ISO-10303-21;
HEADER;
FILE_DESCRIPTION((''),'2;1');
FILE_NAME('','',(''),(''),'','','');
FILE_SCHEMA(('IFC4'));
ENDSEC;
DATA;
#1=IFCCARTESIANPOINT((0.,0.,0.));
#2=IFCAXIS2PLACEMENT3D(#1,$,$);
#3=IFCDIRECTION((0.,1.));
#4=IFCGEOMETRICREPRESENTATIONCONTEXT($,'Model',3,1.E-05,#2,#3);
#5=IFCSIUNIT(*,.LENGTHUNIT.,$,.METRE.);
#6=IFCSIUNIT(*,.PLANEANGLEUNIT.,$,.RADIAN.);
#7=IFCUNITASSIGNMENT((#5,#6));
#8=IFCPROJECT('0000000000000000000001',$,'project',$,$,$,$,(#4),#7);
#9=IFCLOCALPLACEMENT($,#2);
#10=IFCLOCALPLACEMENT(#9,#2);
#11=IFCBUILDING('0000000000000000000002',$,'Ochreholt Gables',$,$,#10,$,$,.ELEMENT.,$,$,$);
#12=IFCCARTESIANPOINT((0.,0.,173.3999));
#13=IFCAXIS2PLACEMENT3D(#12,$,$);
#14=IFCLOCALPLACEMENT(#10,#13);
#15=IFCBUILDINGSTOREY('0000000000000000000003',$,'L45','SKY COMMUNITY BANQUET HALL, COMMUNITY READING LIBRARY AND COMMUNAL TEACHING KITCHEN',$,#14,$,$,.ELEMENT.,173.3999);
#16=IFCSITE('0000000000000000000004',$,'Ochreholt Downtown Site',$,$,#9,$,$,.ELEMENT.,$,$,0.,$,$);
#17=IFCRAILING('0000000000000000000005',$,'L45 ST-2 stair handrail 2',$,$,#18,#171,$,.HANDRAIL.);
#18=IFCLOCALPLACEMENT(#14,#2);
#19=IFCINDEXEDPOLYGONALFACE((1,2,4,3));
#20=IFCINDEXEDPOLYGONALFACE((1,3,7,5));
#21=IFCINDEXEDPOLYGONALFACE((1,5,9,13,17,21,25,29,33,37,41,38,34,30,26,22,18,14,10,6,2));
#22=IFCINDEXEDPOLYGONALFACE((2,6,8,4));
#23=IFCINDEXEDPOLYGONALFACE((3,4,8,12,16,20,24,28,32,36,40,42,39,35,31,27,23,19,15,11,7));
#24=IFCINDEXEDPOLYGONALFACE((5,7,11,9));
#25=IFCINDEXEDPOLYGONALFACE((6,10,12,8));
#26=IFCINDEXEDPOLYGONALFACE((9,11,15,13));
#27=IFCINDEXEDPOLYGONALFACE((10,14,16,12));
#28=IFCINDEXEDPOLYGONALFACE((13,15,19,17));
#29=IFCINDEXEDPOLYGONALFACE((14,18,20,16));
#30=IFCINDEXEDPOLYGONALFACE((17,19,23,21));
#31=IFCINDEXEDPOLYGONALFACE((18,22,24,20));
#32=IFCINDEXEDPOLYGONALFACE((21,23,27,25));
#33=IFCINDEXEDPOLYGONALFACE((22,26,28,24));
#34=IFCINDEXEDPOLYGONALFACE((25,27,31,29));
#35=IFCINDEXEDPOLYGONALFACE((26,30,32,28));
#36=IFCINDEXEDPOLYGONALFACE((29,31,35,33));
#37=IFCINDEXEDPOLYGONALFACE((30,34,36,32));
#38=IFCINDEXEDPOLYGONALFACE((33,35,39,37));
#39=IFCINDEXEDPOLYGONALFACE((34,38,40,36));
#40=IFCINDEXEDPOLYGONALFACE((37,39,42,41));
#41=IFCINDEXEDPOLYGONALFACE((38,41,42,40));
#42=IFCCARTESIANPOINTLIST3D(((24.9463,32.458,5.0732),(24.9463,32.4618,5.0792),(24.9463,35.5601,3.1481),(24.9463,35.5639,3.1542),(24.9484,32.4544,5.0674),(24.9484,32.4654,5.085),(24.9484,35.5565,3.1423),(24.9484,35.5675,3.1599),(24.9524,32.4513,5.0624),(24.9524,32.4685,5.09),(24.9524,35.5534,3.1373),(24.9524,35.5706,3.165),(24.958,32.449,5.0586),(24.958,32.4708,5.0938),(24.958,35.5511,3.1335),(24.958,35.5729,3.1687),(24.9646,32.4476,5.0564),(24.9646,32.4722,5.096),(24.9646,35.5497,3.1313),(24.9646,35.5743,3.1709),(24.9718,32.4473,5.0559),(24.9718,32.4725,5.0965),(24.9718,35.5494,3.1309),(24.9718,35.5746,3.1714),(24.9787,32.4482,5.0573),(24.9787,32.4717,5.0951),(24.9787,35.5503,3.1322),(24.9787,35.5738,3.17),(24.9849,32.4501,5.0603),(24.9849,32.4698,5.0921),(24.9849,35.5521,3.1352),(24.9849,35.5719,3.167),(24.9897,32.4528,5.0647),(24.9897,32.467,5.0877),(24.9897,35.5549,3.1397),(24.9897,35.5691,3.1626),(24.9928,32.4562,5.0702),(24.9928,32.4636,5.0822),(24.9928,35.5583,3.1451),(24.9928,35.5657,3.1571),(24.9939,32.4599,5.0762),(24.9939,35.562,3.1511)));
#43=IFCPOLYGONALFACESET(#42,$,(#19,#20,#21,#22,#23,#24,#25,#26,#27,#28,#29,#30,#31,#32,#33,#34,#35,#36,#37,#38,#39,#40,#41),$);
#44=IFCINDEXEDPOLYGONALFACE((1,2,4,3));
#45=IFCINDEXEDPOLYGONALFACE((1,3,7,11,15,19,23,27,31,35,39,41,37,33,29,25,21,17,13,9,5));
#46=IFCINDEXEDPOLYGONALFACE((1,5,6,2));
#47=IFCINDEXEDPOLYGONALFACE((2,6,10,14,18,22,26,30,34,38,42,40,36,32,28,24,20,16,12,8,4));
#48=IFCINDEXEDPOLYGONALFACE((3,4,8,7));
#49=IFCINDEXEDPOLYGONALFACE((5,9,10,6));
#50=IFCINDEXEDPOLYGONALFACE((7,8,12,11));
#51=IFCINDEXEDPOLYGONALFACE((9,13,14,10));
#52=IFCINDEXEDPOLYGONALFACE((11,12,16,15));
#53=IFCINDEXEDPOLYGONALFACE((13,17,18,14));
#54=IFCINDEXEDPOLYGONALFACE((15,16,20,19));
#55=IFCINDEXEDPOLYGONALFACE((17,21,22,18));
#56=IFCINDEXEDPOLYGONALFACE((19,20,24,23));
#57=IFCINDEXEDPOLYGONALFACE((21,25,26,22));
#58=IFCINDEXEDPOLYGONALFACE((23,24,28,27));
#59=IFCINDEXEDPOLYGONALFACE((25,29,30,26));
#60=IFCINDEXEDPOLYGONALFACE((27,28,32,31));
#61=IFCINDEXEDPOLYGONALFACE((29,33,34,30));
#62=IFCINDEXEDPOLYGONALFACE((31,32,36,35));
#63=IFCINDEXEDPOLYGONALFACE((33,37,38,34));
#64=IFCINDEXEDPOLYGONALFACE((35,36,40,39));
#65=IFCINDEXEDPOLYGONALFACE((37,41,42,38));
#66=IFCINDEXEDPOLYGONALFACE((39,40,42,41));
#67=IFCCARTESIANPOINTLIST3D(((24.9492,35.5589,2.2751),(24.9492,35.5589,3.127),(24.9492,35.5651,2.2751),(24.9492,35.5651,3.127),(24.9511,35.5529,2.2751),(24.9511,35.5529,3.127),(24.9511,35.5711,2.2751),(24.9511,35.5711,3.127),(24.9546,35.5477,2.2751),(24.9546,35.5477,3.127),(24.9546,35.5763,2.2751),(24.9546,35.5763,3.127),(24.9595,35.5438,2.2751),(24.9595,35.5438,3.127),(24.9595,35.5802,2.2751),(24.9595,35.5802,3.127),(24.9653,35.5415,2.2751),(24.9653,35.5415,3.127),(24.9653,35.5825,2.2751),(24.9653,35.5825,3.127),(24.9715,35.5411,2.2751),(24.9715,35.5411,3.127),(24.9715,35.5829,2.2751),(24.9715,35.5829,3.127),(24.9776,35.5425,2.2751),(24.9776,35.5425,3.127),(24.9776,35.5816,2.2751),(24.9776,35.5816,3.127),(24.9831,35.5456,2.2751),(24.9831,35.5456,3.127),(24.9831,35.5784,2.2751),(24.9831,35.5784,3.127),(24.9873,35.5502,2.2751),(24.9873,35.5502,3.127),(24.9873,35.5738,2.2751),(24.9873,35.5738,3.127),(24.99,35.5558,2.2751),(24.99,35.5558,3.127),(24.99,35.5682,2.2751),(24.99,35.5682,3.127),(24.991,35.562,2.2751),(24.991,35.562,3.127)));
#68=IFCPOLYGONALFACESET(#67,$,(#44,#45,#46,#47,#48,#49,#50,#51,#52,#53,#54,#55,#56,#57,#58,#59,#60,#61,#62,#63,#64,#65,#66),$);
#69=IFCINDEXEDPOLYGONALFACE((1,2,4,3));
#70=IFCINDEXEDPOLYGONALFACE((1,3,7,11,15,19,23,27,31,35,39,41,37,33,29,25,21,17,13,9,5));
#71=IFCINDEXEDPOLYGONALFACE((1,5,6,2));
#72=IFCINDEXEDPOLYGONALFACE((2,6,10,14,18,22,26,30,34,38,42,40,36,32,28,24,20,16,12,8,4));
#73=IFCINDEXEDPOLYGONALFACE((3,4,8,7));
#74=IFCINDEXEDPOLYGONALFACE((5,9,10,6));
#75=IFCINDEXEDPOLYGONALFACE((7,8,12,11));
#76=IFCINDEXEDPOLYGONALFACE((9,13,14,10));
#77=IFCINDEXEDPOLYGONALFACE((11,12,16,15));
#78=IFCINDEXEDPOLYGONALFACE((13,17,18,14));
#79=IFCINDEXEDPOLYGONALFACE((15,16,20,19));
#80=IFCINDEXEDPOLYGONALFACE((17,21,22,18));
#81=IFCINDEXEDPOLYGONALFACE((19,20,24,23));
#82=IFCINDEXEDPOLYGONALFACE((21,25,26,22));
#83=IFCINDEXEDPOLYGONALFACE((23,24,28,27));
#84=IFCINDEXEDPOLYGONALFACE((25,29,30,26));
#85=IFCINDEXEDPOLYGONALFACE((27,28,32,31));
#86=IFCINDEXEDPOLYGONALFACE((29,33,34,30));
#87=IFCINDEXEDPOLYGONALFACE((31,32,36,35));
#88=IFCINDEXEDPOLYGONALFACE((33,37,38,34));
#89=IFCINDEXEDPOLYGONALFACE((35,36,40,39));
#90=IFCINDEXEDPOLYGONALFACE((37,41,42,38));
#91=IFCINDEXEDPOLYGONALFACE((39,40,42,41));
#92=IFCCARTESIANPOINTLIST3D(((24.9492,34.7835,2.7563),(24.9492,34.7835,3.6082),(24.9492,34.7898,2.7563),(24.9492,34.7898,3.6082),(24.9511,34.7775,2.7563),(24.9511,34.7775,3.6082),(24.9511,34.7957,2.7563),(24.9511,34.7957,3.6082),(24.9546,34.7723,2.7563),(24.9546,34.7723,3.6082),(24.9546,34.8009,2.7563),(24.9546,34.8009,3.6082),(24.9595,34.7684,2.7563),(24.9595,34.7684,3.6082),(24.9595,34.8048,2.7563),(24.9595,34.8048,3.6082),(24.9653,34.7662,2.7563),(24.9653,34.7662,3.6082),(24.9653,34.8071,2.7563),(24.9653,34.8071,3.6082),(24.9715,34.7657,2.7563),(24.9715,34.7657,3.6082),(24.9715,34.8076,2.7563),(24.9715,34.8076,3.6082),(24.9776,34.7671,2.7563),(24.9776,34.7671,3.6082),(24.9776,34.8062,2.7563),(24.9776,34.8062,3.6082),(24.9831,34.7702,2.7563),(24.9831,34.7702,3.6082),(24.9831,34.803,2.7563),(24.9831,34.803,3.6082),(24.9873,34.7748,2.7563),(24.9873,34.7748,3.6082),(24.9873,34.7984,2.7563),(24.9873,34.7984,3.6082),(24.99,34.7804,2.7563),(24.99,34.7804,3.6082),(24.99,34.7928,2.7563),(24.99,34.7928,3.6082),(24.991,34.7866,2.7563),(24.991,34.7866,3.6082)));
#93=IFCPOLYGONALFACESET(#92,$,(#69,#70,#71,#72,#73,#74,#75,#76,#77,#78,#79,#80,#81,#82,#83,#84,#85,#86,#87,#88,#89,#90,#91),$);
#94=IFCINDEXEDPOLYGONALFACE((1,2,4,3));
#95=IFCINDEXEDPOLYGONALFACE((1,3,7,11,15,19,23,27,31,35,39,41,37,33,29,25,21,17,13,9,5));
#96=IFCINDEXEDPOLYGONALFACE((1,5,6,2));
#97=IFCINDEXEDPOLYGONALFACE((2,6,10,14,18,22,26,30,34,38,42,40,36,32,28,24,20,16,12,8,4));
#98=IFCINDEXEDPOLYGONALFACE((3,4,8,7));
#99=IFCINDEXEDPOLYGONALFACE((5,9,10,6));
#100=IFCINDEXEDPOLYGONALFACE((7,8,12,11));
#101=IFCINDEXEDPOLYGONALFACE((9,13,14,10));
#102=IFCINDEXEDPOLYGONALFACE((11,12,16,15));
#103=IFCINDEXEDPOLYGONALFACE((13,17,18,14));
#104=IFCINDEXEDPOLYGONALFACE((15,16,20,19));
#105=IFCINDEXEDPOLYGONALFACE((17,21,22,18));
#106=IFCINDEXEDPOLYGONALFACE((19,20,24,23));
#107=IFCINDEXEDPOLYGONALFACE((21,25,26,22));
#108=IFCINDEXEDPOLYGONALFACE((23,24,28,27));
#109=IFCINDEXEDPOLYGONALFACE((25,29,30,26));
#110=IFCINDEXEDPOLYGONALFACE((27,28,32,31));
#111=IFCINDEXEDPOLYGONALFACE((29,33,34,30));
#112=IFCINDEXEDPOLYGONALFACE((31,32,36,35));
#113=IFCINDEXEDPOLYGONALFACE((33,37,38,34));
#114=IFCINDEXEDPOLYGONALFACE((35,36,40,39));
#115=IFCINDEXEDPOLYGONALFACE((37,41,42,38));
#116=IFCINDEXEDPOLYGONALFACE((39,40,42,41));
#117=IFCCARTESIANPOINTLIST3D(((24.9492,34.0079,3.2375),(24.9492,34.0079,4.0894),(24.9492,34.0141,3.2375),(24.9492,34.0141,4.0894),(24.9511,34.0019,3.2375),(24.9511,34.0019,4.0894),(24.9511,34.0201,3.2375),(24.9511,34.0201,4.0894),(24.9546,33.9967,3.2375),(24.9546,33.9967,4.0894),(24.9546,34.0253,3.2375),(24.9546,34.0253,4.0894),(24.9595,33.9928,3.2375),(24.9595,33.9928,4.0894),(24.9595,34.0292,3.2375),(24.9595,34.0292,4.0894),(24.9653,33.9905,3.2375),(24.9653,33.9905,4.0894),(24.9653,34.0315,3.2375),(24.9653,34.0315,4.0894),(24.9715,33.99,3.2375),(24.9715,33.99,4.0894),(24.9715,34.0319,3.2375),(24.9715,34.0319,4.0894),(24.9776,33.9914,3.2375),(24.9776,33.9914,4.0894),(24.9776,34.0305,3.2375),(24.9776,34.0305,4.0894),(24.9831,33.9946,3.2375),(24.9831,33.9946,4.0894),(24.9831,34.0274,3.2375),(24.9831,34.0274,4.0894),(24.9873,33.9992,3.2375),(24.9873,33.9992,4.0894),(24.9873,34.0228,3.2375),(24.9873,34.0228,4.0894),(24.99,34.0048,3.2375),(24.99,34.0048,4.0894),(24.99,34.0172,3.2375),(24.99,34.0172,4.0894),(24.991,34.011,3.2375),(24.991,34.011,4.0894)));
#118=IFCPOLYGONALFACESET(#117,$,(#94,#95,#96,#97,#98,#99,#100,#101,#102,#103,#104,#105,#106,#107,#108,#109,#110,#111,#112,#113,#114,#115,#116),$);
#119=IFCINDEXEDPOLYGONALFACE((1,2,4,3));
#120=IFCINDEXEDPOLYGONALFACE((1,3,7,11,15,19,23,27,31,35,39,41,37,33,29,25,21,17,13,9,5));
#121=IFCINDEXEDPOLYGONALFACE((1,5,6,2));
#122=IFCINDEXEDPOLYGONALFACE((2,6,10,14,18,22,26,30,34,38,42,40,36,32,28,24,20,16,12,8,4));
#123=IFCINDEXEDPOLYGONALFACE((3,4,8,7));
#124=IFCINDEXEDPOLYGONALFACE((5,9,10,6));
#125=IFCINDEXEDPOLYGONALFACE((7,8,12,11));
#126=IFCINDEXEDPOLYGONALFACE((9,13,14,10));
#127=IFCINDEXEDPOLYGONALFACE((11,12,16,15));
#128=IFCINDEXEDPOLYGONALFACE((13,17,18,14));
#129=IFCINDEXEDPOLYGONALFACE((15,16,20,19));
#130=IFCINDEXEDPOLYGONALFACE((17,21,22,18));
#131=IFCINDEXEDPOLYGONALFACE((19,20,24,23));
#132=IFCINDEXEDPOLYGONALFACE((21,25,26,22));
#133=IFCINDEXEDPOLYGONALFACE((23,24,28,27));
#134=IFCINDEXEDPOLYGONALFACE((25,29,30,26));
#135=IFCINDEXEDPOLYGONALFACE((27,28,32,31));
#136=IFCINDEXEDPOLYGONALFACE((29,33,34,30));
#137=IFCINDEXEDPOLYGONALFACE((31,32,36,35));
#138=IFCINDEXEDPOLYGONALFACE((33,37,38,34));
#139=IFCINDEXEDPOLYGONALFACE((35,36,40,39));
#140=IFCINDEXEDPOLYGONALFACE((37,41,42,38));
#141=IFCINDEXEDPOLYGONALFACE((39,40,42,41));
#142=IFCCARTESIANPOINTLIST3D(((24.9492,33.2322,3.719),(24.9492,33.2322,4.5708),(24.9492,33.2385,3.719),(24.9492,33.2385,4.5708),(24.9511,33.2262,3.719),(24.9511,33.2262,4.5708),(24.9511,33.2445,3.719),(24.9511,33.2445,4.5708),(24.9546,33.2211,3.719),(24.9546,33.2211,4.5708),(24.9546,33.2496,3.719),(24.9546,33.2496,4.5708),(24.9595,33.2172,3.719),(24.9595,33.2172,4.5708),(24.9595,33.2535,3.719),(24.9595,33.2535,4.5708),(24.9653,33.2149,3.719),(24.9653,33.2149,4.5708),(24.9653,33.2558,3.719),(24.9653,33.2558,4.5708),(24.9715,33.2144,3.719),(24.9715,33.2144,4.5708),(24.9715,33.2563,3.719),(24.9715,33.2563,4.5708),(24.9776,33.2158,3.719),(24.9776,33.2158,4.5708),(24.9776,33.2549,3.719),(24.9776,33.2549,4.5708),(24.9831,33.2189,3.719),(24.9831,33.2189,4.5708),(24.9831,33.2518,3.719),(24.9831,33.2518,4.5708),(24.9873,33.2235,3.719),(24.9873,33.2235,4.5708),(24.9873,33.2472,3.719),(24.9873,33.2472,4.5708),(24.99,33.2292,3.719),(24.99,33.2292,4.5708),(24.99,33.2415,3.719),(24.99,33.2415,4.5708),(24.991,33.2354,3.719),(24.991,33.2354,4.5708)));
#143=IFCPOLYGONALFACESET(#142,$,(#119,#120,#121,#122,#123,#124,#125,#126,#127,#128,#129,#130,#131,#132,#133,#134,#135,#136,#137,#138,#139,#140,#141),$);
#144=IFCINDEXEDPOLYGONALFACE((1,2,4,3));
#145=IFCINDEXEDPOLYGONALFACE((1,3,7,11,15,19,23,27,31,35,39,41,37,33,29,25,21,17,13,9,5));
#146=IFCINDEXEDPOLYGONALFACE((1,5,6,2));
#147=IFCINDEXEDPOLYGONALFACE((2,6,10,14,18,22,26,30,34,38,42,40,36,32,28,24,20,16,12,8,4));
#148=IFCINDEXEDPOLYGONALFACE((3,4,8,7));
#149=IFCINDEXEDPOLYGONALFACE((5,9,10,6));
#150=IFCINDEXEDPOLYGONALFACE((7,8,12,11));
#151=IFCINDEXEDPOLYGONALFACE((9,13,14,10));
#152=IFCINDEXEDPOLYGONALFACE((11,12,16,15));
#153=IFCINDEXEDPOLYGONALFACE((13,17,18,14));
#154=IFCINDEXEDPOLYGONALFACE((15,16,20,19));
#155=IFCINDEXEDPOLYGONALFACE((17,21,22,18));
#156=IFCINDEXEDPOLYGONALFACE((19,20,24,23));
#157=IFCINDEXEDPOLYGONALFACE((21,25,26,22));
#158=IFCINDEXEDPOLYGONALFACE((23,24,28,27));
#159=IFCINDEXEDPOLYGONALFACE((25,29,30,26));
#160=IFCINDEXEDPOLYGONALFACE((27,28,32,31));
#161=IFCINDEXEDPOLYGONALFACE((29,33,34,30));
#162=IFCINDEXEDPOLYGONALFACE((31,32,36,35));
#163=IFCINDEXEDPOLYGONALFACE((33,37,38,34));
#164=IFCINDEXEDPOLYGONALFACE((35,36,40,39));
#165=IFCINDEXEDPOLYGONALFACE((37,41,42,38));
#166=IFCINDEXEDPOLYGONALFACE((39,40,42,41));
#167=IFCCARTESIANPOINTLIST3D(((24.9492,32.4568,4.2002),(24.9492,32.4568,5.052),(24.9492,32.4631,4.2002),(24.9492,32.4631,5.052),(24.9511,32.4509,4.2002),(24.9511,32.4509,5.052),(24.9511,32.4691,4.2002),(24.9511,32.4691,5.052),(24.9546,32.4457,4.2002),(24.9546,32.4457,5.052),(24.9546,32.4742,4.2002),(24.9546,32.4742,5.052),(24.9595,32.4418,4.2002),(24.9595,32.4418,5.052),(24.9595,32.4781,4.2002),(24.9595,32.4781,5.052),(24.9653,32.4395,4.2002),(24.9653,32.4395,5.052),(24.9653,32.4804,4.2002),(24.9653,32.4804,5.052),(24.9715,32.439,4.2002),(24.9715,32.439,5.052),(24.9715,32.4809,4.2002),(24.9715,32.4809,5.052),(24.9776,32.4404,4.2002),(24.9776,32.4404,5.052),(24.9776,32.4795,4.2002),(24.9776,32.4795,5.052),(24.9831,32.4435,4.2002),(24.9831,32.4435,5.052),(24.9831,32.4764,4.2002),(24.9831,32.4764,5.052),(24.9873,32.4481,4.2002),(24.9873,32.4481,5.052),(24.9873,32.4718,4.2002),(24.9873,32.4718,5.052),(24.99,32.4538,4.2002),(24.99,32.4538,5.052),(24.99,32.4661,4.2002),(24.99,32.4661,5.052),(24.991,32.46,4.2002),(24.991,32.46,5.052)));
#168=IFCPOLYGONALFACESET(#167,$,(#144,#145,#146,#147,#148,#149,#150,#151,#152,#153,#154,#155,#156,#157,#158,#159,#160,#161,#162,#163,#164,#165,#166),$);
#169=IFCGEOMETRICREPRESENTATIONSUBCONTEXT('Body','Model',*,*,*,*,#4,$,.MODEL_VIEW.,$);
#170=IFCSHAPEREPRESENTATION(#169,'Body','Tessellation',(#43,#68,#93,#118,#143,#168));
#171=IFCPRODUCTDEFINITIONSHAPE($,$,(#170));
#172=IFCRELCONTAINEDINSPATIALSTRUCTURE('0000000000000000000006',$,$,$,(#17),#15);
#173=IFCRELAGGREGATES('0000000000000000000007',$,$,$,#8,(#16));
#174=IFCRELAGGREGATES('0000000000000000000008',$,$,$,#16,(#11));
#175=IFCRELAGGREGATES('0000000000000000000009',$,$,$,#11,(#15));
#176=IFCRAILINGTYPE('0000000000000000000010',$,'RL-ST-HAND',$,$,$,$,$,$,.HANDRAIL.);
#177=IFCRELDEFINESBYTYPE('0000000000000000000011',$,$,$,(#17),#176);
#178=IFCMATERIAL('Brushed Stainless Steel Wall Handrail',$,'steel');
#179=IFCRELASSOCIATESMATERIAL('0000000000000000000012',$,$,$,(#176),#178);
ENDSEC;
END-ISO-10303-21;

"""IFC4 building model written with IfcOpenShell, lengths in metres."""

from ifc_helpers import new_model, si_unit, direction, frame, origin, origin_2d, place, context, subcontext, project, spatial, circle, extrude, material, type_object, element, save


model = new_model("IFC4")

# Units and contexts
model_context = context("Model", 3, precision=1e-05, world=origin(), true_north=direction((0.0, 1.0)))
body_context = subcontext(model_context, "Body", "Model", "MODEL_VIEW")
ifc_project = project(units=[si_unit("LENGTHUNIT", "METRE"), si_unit("PLANEANGLEUNIT", "RADIAN")], contexts=[model_context])

# Site, building, storey
site_placement = place(None, origin())
site = spatial("IfcSite", under=ifc_project, at=site_placement, Name="Ochreholt Downtown Site", CompositionType="ELEMENT", RefElevation=0.0)
building_placement = place(site_placement, origin())
building = spatial("IfcBuilding", under=site, at=building_placement, Name="Ochreholt Gables", CompositionType="ELEMENT")
storey_placement = place(building_placement, frame((0.0, 0.0, 173.3999)))
storey = spatial("IfcBuildingStorey", under=building, at=storey_placement, Name="L45", Description="SKY COMMUNITY BANQUET HALL, COMMUNITY READING LIBRARY AND COMMUNAL TEACHING KITCHEN", CompositionType="ELEMENT", Elevation=173.3999)

# Railing
ifc_material_1 = material(Name="Brushed Stainless Steel Wall Handrail", Category="steel")
railing_type_1 = type_object("IfcRailingType", Name="RL-ST-HAND", PredefinedType="HANDRAIL", material=ifc_material_1)
railing_1_placement = place(storey_placement, frame((24.97, 35.562, 2.2751)))
element("IfcRailing", 1, at=railing_1_placement, inside=storey, type_object=railing_type_1, Name="L45 ST-2 stair handrail 2", PredefinedType="HANDRAIL", context=body_context, shape_type="SweptSolid", body=[
    extrude(circle(Radius=0.0239, at=origin_2d()), frame((0.0, 0.0, 0.876), z_axis=(0.0, -0.849685, 0.527291), x_axis=(1.0, 0.0, 0.0)), (0.0, 0.0, 1.0), 3.6509),
    extrude(circle(Radius=0.021, at=origin_2d()), origin(), (0.0, 0.0, 1.0), 0.8518),
    extrude(circle(Radius=0.021, at=origin_2d()), frame((0.0, -0.7754, 0.4812)), (0.0, 0.0, 1.0), 0.8518),
    extrude(circle(Radius=0.021, at=origin_2d()), frame((0.0, -1.551, 0.9624)), (0.0, 0.0, 1.0), 0.8518),
    extrude(circle(Radius=0.021, at=origin_2d()), frame((0.0, -2.3267, 1.4438)), (0.0, 0.0, 1.0), 0.8518),
    extrude(circle(Radius=0.021, at=origin_2d()), frame((0.0, -3.1021, 1.925)), (0.0, 0.0, 1.0), 0.8518),
])

save(model, "model.ifc")
